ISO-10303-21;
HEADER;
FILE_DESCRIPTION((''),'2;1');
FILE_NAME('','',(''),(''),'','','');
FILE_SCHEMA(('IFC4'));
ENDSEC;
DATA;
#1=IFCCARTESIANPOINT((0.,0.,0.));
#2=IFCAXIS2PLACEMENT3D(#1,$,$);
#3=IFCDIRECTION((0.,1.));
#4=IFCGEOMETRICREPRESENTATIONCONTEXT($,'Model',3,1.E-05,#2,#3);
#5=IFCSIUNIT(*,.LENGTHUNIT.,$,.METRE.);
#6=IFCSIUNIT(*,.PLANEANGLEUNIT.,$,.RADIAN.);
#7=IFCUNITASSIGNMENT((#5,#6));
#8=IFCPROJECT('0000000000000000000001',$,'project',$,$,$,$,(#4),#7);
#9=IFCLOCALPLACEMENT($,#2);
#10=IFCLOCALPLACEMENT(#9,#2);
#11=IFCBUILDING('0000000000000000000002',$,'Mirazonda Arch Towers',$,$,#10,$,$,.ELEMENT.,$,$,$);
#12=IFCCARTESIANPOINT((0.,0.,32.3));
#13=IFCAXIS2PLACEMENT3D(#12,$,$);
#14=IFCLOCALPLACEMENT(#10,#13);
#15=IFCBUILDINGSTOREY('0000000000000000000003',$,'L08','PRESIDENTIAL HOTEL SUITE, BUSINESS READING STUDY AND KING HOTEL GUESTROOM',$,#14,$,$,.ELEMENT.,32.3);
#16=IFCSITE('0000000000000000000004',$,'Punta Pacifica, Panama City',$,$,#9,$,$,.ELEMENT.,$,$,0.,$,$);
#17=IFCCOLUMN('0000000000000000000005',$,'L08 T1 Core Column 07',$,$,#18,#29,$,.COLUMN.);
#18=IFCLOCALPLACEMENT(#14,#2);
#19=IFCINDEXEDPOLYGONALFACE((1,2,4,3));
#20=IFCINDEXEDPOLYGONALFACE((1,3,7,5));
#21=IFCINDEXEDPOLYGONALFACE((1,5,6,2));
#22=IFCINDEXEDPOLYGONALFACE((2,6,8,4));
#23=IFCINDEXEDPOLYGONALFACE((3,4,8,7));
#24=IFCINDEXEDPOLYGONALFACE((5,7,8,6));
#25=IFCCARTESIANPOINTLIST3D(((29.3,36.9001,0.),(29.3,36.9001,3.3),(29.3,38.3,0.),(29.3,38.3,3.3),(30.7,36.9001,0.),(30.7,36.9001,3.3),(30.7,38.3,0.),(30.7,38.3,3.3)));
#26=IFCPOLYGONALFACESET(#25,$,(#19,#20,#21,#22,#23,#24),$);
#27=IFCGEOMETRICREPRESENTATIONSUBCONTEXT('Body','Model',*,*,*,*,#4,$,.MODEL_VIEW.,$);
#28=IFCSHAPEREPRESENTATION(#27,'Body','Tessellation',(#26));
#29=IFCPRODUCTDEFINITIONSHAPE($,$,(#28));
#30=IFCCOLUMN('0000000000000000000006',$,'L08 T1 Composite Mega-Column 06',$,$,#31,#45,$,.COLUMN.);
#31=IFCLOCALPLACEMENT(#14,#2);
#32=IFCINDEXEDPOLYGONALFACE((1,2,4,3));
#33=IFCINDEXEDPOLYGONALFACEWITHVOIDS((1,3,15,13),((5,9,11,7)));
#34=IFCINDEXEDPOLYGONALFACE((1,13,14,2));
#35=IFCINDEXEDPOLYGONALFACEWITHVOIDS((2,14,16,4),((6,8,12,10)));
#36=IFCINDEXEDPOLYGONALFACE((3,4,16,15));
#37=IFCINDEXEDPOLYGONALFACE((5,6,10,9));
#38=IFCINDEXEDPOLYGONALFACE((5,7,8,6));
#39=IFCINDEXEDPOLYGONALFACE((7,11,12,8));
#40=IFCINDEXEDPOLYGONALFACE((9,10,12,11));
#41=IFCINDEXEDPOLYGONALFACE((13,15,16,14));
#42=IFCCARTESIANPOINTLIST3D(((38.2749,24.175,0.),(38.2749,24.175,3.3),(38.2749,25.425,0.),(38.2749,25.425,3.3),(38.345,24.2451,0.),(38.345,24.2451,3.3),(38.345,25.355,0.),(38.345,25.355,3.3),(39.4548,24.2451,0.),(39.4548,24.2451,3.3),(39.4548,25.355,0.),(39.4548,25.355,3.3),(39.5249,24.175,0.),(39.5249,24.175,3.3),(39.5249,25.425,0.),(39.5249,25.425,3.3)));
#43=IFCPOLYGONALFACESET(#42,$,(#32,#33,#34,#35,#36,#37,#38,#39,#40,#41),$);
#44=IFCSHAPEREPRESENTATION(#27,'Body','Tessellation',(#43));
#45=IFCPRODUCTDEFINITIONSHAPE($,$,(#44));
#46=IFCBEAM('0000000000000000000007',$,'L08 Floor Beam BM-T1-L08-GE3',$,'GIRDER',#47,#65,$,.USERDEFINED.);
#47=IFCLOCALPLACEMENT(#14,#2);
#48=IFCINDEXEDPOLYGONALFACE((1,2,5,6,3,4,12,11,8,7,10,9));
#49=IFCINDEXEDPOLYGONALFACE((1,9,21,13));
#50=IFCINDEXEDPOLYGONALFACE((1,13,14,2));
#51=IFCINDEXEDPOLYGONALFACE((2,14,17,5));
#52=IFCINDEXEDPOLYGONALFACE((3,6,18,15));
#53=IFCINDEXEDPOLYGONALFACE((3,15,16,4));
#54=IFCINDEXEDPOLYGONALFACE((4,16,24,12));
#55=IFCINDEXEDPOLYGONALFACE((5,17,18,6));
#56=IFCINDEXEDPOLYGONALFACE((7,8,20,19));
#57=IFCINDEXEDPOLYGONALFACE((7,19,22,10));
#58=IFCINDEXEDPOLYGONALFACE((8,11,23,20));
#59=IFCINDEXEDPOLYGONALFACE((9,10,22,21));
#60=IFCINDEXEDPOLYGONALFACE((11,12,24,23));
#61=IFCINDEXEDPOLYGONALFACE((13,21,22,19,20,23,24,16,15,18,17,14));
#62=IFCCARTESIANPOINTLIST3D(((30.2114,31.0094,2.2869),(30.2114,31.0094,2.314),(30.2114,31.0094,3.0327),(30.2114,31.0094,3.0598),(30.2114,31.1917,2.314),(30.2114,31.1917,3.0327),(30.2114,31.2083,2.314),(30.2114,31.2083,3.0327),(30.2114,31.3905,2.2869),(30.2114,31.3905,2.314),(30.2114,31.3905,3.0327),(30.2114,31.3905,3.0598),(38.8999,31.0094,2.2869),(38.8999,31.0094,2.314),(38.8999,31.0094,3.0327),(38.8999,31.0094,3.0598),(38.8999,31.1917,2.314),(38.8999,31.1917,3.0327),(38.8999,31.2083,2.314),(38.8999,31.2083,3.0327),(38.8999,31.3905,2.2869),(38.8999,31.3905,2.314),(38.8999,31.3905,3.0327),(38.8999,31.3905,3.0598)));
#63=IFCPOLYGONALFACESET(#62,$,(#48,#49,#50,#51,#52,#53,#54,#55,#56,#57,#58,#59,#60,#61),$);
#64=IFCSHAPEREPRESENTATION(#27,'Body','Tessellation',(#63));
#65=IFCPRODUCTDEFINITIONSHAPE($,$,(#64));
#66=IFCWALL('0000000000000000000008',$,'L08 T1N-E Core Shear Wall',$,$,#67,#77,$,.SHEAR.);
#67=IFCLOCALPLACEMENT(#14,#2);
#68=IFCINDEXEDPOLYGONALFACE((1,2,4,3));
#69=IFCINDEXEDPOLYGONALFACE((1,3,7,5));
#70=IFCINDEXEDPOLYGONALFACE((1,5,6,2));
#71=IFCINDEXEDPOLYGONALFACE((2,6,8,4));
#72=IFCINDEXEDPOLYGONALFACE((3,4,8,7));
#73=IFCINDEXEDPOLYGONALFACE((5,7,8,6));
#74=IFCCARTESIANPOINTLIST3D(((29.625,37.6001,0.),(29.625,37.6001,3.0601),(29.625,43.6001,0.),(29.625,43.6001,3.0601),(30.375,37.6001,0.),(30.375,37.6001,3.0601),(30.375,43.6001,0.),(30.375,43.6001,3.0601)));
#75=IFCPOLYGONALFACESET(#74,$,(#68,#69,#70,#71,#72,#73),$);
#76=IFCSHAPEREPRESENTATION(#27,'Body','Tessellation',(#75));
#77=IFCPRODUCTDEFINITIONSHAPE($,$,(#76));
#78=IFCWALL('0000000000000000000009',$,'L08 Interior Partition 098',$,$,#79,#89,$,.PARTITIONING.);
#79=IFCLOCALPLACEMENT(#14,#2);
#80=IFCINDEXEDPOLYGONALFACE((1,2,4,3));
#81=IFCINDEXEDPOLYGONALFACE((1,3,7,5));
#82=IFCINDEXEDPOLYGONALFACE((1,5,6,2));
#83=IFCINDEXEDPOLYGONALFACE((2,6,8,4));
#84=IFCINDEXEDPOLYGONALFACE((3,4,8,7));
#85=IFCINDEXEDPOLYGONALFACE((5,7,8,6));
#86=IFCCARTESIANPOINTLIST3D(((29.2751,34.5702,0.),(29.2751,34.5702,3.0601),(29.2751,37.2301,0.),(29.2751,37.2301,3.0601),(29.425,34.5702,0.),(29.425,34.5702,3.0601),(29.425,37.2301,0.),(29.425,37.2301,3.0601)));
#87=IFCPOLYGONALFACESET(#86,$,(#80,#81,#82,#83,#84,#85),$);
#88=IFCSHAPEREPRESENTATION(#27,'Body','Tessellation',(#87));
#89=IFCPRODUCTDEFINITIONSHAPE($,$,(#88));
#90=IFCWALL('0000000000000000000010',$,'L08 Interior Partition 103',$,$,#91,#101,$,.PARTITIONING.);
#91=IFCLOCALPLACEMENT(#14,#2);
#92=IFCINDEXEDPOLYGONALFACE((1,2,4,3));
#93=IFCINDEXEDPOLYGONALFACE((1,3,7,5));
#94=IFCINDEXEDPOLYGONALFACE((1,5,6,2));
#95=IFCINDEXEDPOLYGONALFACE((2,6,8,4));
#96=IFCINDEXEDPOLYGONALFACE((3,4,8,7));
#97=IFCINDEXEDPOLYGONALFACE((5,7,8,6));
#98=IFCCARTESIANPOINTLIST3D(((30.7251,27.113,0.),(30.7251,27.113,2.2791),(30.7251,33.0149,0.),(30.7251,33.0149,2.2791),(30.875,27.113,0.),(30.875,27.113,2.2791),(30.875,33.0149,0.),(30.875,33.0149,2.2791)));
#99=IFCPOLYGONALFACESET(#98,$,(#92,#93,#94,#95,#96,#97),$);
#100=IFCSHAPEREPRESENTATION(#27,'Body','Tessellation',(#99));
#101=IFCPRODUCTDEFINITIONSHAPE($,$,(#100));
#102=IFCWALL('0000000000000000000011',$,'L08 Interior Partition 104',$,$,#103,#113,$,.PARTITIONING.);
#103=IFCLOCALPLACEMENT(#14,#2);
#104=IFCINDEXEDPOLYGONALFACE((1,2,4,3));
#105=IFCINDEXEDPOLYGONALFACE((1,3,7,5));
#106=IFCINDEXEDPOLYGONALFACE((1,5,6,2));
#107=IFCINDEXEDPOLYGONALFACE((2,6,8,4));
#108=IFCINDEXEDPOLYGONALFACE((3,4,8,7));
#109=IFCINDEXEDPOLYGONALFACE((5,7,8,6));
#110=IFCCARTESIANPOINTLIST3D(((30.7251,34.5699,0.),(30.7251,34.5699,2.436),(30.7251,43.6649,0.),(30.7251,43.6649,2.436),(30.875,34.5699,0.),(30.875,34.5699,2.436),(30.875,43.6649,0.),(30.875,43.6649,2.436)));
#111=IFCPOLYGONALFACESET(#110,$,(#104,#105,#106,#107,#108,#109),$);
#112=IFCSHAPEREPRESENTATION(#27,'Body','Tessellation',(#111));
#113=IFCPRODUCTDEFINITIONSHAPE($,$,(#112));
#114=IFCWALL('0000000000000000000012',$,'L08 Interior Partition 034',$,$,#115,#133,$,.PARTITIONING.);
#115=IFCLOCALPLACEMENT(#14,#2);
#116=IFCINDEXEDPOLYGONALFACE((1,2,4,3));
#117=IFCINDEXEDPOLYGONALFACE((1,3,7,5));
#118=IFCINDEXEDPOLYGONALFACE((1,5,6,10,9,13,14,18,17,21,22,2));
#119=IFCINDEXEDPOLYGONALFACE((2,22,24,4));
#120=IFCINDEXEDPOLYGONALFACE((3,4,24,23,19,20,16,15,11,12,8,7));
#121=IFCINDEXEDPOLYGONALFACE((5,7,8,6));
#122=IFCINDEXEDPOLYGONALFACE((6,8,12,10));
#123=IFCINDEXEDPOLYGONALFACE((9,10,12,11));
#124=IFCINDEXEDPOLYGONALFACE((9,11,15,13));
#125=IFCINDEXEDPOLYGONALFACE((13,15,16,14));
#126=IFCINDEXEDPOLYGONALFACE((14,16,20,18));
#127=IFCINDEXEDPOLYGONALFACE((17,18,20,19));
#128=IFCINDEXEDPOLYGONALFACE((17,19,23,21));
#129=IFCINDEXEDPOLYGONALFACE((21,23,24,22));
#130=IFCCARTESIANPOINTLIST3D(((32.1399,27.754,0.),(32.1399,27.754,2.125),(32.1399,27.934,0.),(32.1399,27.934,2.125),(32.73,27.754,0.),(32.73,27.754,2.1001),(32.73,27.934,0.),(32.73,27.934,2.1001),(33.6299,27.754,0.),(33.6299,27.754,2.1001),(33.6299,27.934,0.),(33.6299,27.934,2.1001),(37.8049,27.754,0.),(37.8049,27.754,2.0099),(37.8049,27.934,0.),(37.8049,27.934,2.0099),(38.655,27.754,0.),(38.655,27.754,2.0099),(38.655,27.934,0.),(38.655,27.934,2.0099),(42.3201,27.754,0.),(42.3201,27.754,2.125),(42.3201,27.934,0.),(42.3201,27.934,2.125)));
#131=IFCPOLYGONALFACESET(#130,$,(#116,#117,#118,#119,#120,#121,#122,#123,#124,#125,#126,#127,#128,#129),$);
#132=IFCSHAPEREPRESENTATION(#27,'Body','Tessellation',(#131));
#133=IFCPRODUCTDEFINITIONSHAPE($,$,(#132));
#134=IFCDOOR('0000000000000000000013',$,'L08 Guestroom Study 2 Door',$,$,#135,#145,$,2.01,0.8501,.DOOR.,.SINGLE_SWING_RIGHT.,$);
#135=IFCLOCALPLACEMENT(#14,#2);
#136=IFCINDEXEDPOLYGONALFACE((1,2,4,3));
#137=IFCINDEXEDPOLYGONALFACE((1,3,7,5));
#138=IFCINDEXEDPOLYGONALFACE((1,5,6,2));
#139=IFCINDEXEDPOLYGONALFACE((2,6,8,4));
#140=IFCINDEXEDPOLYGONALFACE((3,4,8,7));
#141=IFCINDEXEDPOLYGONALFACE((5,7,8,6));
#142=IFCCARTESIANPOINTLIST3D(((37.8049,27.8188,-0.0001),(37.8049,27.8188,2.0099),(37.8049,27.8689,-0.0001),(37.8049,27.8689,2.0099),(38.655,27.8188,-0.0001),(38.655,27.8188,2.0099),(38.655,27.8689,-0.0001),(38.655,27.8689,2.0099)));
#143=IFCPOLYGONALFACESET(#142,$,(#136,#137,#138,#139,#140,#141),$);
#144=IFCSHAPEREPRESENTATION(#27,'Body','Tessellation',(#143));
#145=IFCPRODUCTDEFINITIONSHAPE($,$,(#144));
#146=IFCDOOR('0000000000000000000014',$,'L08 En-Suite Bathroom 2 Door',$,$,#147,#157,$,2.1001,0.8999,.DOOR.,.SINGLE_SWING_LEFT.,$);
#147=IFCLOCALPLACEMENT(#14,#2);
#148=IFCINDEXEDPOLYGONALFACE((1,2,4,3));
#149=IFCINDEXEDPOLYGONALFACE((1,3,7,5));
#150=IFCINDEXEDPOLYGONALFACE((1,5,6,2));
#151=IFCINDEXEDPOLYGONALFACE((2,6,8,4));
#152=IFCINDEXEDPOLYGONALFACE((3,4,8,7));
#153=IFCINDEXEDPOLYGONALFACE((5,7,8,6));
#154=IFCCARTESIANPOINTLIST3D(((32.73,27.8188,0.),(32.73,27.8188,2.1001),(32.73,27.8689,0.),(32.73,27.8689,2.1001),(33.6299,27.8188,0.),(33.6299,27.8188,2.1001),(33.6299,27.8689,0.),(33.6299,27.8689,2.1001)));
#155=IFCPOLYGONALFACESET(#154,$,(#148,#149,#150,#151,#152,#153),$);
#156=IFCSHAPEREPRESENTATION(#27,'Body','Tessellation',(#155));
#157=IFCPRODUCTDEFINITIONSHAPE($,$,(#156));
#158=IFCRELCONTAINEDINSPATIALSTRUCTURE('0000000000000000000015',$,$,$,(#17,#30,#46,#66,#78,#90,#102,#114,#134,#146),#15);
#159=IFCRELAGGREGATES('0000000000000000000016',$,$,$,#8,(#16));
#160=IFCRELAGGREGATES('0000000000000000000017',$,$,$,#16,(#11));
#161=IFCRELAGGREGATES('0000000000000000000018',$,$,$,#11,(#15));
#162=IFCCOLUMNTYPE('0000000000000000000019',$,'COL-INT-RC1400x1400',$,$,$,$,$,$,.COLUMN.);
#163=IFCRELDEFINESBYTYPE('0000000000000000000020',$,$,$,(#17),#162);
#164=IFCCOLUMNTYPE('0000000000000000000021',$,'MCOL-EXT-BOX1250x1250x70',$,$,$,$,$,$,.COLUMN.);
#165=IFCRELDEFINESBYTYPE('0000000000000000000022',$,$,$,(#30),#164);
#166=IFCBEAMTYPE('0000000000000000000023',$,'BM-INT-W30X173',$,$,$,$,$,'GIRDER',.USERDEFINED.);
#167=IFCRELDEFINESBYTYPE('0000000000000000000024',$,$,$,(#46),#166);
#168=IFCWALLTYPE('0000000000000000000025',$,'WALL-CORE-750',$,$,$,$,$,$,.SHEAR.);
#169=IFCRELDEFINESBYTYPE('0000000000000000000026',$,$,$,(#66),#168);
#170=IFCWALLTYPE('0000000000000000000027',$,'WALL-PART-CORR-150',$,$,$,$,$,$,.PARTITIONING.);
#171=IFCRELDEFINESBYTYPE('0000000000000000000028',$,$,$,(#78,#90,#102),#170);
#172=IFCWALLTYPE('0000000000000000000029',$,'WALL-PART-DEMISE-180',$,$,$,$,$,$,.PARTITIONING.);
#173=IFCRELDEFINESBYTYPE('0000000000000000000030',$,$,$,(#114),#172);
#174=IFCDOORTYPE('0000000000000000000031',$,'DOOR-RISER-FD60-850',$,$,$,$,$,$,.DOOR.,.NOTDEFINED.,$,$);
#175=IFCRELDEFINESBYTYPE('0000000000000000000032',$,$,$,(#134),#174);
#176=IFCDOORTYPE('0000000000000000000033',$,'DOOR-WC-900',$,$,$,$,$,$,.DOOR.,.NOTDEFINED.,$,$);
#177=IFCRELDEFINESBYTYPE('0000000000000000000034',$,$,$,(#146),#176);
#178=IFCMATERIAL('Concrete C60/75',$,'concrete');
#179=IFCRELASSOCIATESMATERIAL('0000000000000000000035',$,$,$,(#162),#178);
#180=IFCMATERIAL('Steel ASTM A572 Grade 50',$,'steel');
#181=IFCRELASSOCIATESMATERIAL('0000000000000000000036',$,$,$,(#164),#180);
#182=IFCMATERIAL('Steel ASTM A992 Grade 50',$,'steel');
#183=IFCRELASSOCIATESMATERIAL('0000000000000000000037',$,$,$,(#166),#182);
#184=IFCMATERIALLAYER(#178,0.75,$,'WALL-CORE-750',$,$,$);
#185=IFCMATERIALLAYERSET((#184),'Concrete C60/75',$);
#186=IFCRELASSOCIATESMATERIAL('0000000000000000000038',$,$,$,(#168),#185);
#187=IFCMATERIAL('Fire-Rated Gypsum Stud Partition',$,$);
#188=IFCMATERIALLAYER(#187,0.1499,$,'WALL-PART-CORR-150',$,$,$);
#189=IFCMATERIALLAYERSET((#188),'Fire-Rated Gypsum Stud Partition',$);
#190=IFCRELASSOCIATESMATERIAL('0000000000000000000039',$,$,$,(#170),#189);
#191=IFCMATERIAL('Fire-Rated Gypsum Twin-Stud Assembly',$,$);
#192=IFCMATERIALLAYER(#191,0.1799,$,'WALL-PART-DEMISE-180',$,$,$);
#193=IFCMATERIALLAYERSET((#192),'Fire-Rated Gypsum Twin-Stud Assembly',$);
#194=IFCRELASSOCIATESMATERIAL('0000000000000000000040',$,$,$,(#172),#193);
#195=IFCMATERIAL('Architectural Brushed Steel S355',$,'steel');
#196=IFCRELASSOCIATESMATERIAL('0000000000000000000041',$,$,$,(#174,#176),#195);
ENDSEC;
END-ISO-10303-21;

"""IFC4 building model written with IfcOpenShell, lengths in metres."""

from ifc_helpers import new_model, si_unit, direction, frame, frame_2d, origin, origin_2d, place, context, subcontext, project, spatial, rectangle, hollow_rectangle, i_section, extrude, material, layer, layer_set, material_profile, profile_set, type_object, element, fill, save


model = new_model("IFC4")

# Units and contexts
model_context = context("Model", 3, precision=1e-05, world=origin(), true_north=direction((0.0, 1.0)))
body_context = subcontext(model_context, "Body", "Model", "MODEL_VIEW")
ifc_project = project(units=[si_unit("LENGTHUNIT", "METRE"), si_unit("PLANEANGLEUNIT", "RADIAN")], contexts=[model_context])

# Site, building, storey
site_placement = place(None, origin())
site = spatial("IfcSite", under=ifc_project, at=site_placement, Name="Punta Pacifica, Panama City", CompositionType="ELEMENT", RefElevation=0.0)
building_placement = place(site_placement, origin())
building = spatial("IfcBuilding", under=site, at=building_placement, Name="Mirazonda Arch Towers", CompositionType="ELEMENT")
storey_placement = place(building_placement, frame((0.0, 0.0, 32.3)))
storey = spatial("IfcBuildingStorey", under=building, at=storey_placement, Name="L08", Description="PRESIDENTIAL HOTEL SUITE, BUSINESS READING STUDY AND KING HOTEL GUESTROOM", CompositionType="ELEMENT", Elevation=32.3)

# Columns
ifc_material_1 = material(Name="Concrete C60/75", Category="concrete")
ifc_material_profile_1 = material_profile(ifc_material_1, rectangle(XDim=1.3999, YDim=1.3999, at=origin_2d()), Name="RC1400x1400")
ifc_profile_set_1 = profile_set([ifc_material_profile_1], Name="Concrete C60/75")
column_type_1 = type_object("IfcColumnType", Name="COL-INT-RC1400x1400", PredefinedType="COLUMN", material=ifc_profile_set_1)
column_1_placement = place(storey_placement, frame((30.0, 37.6001, 0.0), z_axis=(0.0, 0.0, 1.0), x_axis=(1.0, 0.0, 0.0)))
element("IfcColumn", 1, at=column_1_placement, inside=storey, type_object=column_type_1, Name="L08 T1 Core Column 07", PredefinedType="COLUMN", context=body_context, shape_type="SweptSolid", body=[
    extrude(rectangle(XDim=1.3999, YDim=1.3999, at=origin_2d()), origin(), (0.0, 0.0, 1.0), 3.3),
])
ifc_material_2 = material(Name="Steel ASTM A572 Grade 50", Category="steel")
ifc_material_profile_2 = material_profile(ifc_material_2, hollow_rectangle(XDim=1.25, YDim=1.25, WallThickness=0.0701, at=origin_2d()), Name="BOX1250x1250x70")
ifc_profile_set_2 = profile_set([ifc_material_profile_2], Name="Steel ASTM A572 Grade 50")
column_type_2 = type_object("IfcColumnType", Name="MCOL-EXT-BOX1250x1250x70", PredefinedType="COLUMN", material=ifc_profile_set_2)
column_2_placement = place(storey_placement, frame((38.8999, 24.8, 0.0), z_axis=(0.0, 0.0, 1.0), x_axis=(1.0, 0.0, 0.0)))
element("IfcColumn", 2, at=column_2_placement, inside=storey, type_object=column_type_2, Name="L08 T1 Composite Mega-Column 06", PredefinedType="COLUMN", context=body_context, shape_type="SweptSolid", body=[
    extrude(hollow_rectangle(XDim=1.25, YDim=1.25, WallThickness=0.0701, at=origin_2d()), origin(), (0.0, 0.0, 1.0), 3.3),
])

# Beam
ifc_material_3 = material(Name="Steel ASTM A992 Grade 50", Category="steel")
ifc_material_profile_3 = material_profile(ifc_material_3, i_section(OverallWidth=0.3811, OverallDepth=0.7729, WebThickness=0.0166, FlangeThickness=0.0271, at=origin_2d()), Name="W30X173")
ifc_profile_set_3 = profile_set([ifc_material_profile_3], Name="Steel ASTM A992 Grade 50")
beam_type = type_object("IfcBeamType", Name="BM-INT-W30X173", ElementType="GIRDER", PredefinedType="USERDEFINED", material=ifc_profile_set_3)
beam_placement = place(storey_placement, frame((30.2114, 31.2, 2.6733), z_axis=(1.0, 0.0, 0.0), x_axis=(0.0, 1.0, 0.0)))
element("IfcBeam", 3, at=beam_placement, inside=storey, type_object=beam_type, Name="L08 Floor Beam BM-T1-L08-GE3", ObjectType="GIRDER", PredefinedType="USERDEFINED", context=body_context, shape_type="SweptSolid", body=[
    extrude(i_section(OverallWidth=0.3811, OverallDepth=0.7729, WebThickness=0.0166, FlangeThickness=0.0271, at=origin_2d()), origin(), (0.0, 0.0, 1.0), 8.6885),
])

# Walls
ifc_layer_1 = layer(ifc_material_1, 0.75, Name="WALL-CORE-750")
ifc_layer_set_1 = layer_set([ifc_layer_1], Name="Concrete C60/75")
wall_type_1 = type_object("IfcWallType", Name="WALL-CORE-750", PredefinedType="SHEAR", material=ifc_layer_set_1)
wall_1_placement = place(storey_placement, frame((30.0, 37.6001, 0.0), z_axis=(0.0, 0.0, 1.0), x_axis=(0.0, 1.0, 0.0)))
element("IfcWall", 4, at=wall_1_placement, inside=storey, type_object=wall_type_1, Name="L08 T1N-E Core Shear Wall", PredefinedType="SHEAR", context=body_context, shape_type="SweptSolid", body=[
    extrude(rectangle(XDim=6.0, YDim=0.75, at=frame_2d((3.0, 0.0))), origin(), (0.0, 0.0, 1.0), 3.0601),
])
ifc_material_4 = material(Name="Fire-Rated Gypsum Stud Partition")
ifc_layer_2 = layer(ifc_material_4, 0.1499, Name="WALL-PART-CORR-150")
ifc_layer_set_2 = layer_set([ifc_layer_2], Name="Fire-Rated Gypsum Stud Partition")
wall_type_2 = type_object("IfcWallType", Name="WALL-PART-CORR-150", PredefinedType="PARTITIONING", material=ifc_layer_set_2)
wall_2_placement = place(storey_placement, frame((29.3501, 34.5701, 0.0), z_axis=(0.0, 0.0, 1.0), x_axis=(0.0, 1.0, 0.0)))
element("IfcWall", 5, at=wall_2_placement, inside=storey, type_object=wall_type_2, Name="L08 Interior Partition 098", PredefinedType="PARTITIONING", context=body_context, shape_type="SweptSolid", body=[
    extrude(rectangle(XDim=2.6599, YDim=0.1499, at=frame_2d((1.3301, 0.0))), origin(), (0.0, 0.0, 1.0), 3.0601),
])
wall_3_placement = place(storey_placement, frame((30.8, 27.113, 0.0), z_axis=(0.0, 0.0, 1.0), x_axis=(0.0, 1.0, 0.0)))
element("IfcWall", 6, at=wall_3_placement, inside=storey, type_object=wall_type_2, Name="L08 Interior Partition 103", PredefinedType="PARTITIONING", context=body_context, shape_type="SweptSolid", body=[
    extrude(rectangle(XDim=5.9019, YDim=0.1499, at=frame_2d((2.9509, 0.0))), origin(), (0.0, 0.0, 1.0), 2.2791),
])
wall_4_placement = place(storey_placement, frame((30.8, 34.5701, 0.0), z_axis=(0.0, 0.0, 1.0), x_axis=(0.0, 1.0, 0.0)))
element("IfcWall", 7, at=wall_4_placement, inside=storey, type_object=wall_type_2, Name="L08 Interior Partition 104", PredefinedType="PARTITIONING", context=body_context, shape_type="SweptSolid", body=[
    extrude(rectangle(XDim=9.095, YDim=0.1499, at=frame_2d((4.5474, 0.0))), origin(), (0.0, 0.0, 1.0), 2.436),
])

# Wall, openings, doors
ifc_material_5 = material(Name="Fire-Rated Gypsum Twin-Stud Assembly")
ifc_layer_3 = layer(ifc_material_5, 0.1799, Name="WALL-PART-DEMISE-180")
ifc_layer_set_3 = layer_set([ifc_layer_3], Name="Fire-Rated Gypsum Twin-Stud Assembly")
wall_type_3 = type_object("IfcWallType", Name="WALL-PART-DEMISE-180", PredefinedType="PARTITIONING", material=ifc_layer_set_3)
wall_5_placement = place(storey_placement, frame((32.1399, 27.844, 0.0), z_axis=(0.0, 0.0, 1.0), x_axis=(1.0, 0.0, 0.0)))
wall_5 = element("IfcWall", 8, at=wall_5_placement, inside=storey, type_object=wall_type_3, Name="L08 Interior Partition 034", PredefinedType="PARTITIONING", context=body_context, shape_type="SweptSolid", body=[
    extrude(rectangle(XDim=10.1802, YDim=0.1799, at=frame_2d((5.0901, 0.0))), origin(), (0.0, 0.0, 1.0), 2.125),
])
opening_1_placement = place(wall_5_placement, frame((5.665, 0.0, 0.0)))
opening_1 = element("IfcOpeningElement", 9, at=opening_1_placement, cuts=wall_5, PredefinedType="OPENING", context=body_context, shape_type="SweptSolid", body=[
    extrude(rectangle(XDim=0.8501, YDim=2.01, at=frame_2d((0.425, 1.0049))), frame((0.0, 0.0999, 0.0), z_axis=(0.0, -1.0, 0.0), x_axis=(1.0, 0.0, 0.0)), (0.0, 0.0, 1.0), 0.2),
])
opening_2_placement = place(wall_5_placement, frame((0.5901, 0.0, 0.0)))
opening_2 = element("IfcOpeningElement", 10, at=opening_2_placement, cuts=wall_5, PredefinedType="OPENING", context=body_context, shape_type="SweptSolid", body=[
    extrude(rectangle(XDim=0.8999, YDim=2.1001, at=frame_2d((0.45, 1.05))), frame((0.0, 0.0999, 0.0), z_axis=(0.0, -1.0, 0.0), x_axis=(1.0, 0.0, 0.0)), (0.0, 0.0, 1.0), 0.2),
])
ifc_material_6 = material(Name="Architectural Brushed Steel S355", Category="steel")
door_type_1 = type_object("IfcDoorType", Name="DOOR-RISER-FD60-850", OperationType="NOTDEFINED", PredefinedType="DOOR", material=ifc_material_6)
door_1_placement = place(opening_1_placement, origin())
door_1 = element("IfcDoor", 11, at=door_1_placement, inside=storey, type_object=door_type_1, Name="L08 Guestroom Study 2 Door", OperationType="SINGLE_SWING_RIGHT", OverallHeight=2.01, OverallWidth=0.8501, PredefinedType="DOOR", context=body_context, shape_type="SweptSolid", body=[
    extrude(rectangle(XDim=0.8501, YDim=2.01, at=frame_2d((0.425, 1.0049))), frame((0.0, 0.0249, 0.0), z_axis=(0.0, -1.0, 0.0), x_axis=(1.0, 0.0, 0.0)), (0.0, 0.0, 1.0), 0.05),
])
fill(opening_1, door_1)
door_type_2 = type_object("IfcDoorType", Name="DOOR-WC-900", OperationType="NOTDEFINED", PredefinedType="DOOR", material=ifc_material_6)
door_2_placement = place(opening_2_placement, origin())
door_2 = element("IfcDoor", 12, at=door_2_placement, inside=storey, type_object=door_type_2, Name="L08 En-Suite Bathroom 2 Door", OperationType="SINGLE_SWING_LEFT", OverallHeight=2.1001, OverallWidth=0.8999, PredefinedType="DOOR", context=body_context, shape_type="SweptSolid", body=[
    extrude(rectangle(XDim=0.8999, YDim=2.1001, at=frame_2d((0.45, 1.05))), frame((0.0, 0.0249, 0.0), z_axis=(0.0, -1.0, 0.0), x_axis=(1.0, 0.0, 0.0)), (0.0, 0.0, 1.0), 0.05),
])
fill(opening_2, door_2)

save(model, "model.ifc")
